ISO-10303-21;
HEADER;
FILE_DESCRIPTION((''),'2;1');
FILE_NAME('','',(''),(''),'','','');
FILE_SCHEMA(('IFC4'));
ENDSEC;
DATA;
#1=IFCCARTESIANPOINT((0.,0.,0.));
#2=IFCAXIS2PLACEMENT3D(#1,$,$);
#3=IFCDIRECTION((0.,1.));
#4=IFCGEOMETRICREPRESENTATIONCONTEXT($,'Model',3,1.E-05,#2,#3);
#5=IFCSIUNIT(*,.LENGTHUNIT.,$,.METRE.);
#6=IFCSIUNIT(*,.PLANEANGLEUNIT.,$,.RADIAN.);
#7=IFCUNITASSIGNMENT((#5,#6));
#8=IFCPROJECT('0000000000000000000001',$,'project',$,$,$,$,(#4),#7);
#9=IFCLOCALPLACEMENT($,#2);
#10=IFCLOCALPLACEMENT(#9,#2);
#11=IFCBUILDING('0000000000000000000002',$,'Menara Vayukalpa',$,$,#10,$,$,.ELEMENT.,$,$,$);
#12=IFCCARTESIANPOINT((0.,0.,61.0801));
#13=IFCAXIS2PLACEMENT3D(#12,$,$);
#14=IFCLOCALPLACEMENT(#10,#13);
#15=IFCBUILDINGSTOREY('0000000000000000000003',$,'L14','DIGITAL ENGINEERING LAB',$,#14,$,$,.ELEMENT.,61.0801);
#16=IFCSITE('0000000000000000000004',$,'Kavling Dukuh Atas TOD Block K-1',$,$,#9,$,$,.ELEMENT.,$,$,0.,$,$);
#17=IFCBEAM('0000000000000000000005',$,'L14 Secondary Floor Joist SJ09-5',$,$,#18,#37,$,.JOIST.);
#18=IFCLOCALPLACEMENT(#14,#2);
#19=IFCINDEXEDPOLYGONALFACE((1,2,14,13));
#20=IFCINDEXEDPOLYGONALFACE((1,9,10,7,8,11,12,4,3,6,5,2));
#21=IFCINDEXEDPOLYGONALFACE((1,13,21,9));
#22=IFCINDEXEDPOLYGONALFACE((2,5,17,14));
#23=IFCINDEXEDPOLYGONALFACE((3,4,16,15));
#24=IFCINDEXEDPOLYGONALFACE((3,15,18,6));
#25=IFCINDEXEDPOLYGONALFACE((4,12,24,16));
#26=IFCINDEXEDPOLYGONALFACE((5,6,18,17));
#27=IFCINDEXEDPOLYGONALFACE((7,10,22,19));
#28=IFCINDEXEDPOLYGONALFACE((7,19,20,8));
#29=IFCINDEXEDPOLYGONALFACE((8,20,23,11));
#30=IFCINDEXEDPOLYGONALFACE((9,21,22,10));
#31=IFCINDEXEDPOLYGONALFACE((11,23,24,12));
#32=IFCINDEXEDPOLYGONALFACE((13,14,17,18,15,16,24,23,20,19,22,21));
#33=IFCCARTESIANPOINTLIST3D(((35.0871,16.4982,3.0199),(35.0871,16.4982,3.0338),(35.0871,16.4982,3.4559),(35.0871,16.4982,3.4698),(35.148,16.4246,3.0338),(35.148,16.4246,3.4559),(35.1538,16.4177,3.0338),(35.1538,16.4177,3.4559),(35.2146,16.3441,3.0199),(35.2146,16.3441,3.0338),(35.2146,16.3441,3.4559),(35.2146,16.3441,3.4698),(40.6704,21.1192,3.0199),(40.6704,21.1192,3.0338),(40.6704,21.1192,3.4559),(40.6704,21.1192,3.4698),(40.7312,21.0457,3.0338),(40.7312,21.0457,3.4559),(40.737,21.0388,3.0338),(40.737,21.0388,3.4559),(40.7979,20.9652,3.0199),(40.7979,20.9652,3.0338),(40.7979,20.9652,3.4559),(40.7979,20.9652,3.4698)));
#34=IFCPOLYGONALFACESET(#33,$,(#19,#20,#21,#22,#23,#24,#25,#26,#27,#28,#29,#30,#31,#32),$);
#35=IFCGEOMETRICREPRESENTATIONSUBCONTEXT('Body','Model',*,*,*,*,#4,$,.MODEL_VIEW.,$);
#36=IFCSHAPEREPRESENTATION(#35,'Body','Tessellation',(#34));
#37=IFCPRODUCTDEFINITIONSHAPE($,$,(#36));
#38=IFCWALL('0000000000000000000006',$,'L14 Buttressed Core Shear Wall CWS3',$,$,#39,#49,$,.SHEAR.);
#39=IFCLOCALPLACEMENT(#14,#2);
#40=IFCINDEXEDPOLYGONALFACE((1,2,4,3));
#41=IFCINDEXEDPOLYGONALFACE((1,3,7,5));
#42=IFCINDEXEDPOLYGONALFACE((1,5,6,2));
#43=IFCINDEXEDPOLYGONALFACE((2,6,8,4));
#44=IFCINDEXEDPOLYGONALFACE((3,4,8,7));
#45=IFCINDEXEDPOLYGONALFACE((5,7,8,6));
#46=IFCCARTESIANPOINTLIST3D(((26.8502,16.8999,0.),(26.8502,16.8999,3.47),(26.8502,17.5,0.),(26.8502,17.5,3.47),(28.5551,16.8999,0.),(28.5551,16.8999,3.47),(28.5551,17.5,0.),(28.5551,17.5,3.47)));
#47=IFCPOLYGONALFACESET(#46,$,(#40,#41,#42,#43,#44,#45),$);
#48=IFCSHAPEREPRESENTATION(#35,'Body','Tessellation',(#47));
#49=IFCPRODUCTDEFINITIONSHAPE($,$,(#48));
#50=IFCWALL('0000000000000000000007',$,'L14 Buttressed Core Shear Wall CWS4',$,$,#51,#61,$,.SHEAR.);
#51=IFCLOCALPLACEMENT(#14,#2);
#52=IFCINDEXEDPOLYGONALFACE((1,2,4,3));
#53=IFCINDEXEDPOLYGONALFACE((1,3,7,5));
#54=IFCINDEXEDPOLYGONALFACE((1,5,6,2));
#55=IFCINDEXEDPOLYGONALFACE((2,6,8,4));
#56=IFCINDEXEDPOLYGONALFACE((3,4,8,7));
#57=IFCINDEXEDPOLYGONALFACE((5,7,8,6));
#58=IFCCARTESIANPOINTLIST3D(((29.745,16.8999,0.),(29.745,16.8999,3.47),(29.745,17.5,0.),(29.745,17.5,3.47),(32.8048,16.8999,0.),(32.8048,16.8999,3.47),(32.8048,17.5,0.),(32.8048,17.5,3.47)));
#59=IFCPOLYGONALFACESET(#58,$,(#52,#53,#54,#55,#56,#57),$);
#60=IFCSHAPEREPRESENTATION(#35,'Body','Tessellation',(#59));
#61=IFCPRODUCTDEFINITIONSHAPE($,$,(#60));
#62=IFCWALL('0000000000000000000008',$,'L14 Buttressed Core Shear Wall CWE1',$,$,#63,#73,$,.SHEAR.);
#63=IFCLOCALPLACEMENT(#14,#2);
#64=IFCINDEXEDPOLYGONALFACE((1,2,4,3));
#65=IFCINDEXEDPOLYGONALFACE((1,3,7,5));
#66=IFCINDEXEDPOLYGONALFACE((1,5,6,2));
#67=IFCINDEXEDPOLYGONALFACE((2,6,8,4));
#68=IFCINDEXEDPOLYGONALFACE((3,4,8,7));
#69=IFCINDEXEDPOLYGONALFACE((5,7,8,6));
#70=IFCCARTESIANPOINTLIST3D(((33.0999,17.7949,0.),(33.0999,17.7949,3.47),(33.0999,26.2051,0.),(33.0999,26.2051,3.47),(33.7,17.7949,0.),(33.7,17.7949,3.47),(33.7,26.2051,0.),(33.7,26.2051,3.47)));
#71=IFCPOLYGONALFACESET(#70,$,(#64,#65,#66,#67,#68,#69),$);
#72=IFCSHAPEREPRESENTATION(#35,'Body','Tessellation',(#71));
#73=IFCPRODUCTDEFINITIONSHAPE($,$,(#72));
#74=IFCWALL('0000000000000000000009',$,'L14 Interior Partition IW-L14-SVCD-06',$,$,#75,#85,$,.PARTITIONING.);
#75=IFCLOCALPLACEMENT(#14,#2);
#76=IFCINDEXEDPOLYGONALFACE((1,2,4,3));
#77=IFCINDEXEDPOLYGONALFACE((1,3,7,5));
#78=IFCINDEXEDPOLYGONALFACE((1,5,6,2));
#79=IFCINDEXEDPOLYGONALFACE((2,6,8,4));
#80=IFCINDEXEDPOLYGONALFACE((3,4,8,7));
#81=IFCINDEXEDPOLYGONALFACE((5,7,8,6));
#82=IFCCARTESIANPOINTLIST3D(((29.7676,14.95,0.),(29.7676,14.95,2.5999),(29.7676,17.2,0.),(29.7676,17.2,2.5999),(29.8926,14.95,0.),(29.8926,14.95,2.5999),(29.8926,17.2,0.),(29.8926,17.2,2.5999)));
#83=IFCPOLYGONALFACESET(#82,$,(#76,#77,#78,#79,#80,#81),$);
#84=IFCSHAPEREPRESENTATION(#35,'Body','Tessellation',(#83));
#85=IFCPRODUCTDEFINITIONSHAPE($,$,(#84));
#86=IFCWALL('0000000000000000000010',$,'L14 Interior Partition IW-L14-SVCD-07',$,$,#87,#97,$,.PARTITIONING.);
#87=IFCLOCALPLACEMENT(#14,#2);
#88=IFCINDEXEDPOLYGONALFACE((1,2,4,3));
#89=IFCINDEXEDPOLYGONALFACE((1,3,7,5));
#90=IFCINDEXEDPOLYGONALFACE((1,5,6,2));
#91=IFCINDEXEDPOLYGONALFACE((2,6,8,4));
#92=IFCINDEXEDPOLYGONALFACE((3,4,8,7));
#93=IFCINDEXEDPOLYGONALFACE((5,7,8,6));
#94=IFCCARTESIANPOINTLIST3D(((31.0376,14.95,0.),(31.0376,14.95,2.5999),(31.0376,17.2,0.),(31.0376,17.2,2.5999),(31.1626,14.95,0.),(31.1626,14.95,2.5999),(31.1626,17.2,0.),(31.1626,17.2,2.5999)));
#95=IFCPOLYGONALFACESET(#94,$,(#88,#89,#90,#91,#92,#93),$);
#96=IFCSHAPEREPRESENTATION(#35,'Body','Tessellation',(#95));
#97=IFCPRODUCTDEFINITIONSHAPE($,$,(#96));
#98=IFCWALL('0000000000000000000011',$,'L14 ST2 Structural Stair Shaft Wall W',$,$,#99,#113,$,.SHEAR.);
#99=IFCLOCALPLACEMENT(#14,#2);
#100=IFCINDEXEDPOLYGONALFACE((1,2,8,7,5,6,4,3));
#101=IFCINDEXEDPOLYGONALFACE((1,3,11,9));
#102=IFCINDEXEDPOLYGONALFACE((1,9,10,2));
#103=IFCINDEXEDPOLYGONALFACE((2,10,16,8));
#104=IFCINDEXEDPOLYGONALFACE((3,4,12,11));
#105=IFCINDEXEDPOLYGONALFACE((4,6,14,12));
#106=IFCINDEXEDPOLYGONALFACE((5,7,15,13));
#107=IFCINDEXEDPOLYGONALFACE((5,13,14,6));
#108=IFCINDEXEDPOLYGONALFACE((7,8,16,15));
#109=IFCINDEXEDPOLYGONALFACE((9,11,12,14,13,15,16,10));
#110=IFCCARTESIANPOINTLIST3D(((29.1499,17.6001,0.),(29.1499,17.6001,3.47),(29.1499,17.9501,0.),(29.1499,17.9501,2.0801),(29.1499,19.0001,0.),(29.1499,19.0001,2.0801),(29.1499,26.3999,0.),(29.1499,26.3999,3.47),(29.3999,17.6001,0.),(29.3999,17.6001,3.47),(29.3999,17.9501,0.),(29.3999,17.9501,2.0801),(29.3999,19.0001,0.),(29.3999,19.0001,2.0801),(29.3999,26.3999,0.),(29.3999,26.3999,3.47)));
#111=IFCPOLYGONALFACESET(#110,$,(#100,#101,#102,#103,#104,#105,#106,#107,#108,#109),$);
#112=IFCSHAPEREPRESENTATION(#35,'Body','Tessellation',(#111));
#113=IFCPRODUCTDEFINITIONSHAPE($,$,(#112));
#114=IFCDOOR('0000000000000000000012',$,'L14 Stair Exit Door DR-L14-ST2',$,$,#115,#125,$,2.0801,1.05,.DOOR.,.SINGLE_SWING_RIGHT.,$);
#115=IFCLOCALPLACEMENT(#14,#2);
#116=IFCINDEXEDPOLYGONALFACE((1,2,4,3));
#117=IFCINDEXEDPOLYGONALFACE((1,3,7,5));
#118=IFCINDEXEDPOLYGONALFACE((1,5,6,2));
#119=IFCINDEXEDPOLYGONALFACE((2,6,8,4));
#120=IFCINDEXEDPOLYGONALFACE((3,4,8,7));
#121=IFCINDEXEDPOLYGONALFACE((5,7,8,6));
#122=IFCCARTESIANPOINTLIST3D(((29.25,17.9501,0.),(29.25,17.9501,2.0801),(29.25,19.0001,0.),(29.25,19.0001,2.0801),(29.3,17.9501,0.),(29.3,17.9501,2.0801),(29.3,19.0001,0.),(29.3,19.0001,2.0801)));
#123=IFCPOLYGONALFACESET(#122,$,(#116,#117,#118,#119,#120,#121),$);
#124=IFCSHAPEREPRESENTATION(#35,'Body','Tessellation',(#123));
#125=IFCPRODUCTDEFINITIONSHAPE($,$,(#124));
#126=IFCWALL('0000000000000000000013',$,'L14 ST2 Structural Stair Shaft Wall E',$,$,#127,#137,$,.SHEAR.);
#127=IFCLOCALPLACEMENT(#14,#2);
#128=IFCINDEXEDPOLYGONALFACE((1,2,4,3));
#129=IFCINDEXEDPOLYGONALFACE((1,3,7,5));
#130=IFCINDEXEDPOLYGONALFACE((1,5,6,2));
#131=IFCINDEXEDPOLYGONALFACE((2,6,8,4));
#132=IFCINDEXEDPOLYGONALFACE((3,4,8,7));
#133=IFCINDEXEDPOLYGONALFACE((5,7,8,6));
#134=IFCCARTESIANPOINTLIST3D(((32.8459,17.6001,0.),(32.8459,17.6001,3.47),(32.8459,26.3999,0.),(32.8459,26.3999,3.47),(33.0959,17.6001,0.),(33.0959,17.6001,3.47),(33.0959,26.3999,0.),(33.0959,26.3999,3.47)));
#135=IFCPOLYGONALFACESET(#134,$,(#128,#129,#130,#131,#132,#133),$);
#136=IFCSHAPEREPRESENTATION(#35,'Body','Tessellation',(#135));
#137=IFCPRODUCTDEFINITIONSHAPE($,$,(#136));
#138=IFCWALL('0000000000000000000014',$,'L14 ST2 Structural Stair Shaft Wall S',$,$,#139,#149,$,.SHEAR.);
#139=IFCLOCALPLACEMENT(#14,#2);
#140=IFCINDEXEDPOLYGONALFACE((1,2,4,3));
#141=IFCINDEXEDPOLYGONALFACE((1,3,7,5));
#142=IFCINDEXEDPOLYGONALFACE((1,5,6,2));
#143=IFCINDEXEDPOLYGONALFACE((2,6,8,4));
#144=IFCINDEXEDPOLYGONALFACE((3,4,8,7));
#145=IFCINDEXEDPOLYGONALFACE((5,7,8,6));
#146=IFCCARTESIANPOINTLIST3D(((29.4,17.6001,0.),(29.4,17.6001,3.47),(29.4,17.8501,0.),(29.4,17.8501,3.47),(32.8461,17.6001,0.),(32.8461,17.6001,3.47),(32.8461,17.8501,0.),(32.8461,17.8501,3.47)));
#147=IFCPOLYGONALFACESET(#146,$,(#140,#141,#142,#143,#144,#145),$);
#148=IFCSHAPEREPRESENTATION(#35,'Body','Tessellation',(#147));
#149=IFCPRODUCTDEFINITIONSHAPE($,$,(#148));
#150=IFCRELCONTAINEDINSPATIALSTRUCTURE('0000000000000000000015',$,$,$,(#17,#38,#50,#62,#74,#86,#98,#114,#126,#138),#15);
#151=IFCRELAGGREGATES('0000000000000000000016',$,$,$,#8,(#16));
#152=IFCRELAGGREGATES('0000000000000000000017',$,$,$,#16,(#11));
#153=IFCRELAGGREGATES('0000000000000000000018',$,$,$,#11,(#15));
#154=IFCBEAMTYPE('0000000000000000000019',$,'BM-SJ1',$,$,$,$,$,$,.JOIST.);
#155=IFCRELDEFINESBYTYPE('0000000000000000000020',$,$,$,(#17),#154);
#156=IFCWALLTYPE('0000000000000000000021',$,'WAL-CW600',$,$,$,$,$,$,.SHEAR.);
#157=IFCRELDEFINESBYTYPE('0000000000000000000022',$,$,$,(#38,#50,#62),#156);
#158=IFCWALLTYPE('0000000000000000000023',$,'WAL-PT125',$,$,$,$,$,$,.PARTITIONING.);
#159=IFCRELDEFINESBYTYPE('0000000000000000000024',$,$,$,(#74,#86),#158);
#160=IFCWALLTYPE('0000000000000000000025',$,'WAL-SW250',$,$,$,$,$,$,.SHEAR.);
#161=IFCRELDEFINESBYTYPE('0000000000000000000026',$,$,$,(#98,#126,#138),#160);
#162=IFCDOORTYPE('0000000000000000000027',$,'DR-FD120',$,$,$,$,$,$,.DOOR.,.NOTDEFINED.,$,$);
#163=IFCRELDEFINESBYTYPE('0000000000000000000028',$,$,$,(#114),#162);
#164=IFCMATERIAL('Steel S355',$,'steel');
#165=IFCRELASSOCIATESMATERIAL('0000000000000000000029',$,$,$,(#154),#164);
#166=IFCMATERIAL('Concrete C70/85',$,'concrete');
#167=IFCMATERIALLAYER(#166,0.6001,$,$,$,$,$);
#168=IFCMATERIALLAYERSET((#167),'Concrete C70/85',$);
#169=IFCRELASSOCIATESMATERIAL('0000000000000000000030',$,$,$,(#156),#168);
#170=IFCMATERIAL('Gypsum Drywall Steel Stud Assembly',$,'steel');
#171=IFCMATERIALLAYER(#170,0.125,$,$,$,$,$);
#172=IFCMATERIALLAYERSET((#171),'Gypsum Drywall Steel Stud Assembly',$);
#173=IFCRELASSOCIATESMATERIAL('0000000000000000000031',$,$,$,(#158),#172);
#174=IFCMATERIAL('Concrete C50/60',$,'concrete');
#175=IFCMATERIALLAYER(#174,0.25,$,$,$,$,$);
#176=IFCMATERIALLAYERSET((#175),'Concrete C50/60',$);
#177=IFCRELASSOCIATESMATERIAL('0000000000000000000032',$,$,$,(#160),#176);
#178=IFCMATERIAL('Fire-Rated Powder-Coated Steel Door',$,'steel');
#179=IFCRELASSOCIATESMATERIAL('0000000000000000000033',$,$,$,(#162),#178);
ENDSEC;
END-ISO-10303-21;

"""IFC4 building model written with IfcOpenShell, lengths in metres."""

from ifc_helpers import new_model, si_unit, direction, frame, frame_2d, origin, origin_2d, place, context, subcontext, project, spatial, rectangle, i_section, extrude, material, layer, layer_set, material_profile, profile_set, type_object, element, fill, save


model = new_model("IFC4")

# Units and contexts
model_context = context("Model", 3, precision=1e-05, world=origin(), true_north=direction((0.0, 1.0)))
body_context = subcontext(model_context, "Body", "Model", "MODEL_VIEW")
ifc_project = project(units=[si_unit("LENGTHUNIT", "METRE"), si_unit("PLANEANGLEUNIT", "RADIAN")], contexts=[model_context])

# Site, building, storey
site_placement = place(None, origin())
site = spatial("IfcSite", under=ifc_project, at=site_placement, Name="Kavling Dukuh Atas TOD Block K-1", CompositionType="ELEMENT", RefElevation=0.0)
building_placement = place(site_placement, origin())
building = spatial("IfcBuilding", under=site, at=building_placement, Name="Menara Vayukalpa", CompositionType="ELEMENT")
storey_placement = place(building_placement, frame((0.0, 0.0, 61.0801)))
storey = spatial("IfcBuildingStorey", under=building, at=storey_placement, Name="L14", Description="DIGITAL ENGINEERING LAB", CompositionType="ELEMENT", Elevation=61.0801)

# Beam
ifc_material_1 = material(Name="Steel S355", Category="steel")
ifc_material_profile_1 = material_profile(ifc_material_1, i_section(OverallWidth=0.2, OverallDepth=0.45, WebThickness=0.009, FlangeThickness=0.0139, at=origin_2d()), Name="WF 450x200x9x14")
ifc_profile_set_1 = profile_set([ifc_material_profile_1], Name="Steel S355")
beam_type_1 = type_object("IfcBeamType", Name="BM-SJ1", PredefinedType="JOIST", material=ifc_profile_set_1)
beam_1_placement = place(storey_placement, frame((35.1509, 16.4211, 3.2449), z_axis=(0.770362, 0.637606, 0.0), x_axis=(-0.637606, 0.770362, 0.0)))
element("IfcBeam", 1, at=beam_1_placement, inside=storey, type_object=beam_type_1, Name="L14 Secondary Floor Joist SJ09-5", PredefinedType="JOIST", context=body_context, shape_type="SweptSolid", body=[
    extrude(i_section(OverallWidth=0.2, OverallDepth=0.45, WebThickness=0.009, FlangeThickness=0.0139, at=origin_2d()), origin(), (0.0, 0.0, 1.0), 7.2476),
])

# Walls
ifc_material_2 = material(Name="Concrete C70/85", Category="concrete")
ifc_layer_1 = layer(ifc_material_2, 0.6001)
ifc_layer_set_1 = layer_set([ifc_layer_1], Name="Concrete C70/85")
wall_type_1 = type_object("IfcWallType", Name="WAL-CW600", PredefinedType="SHEAR", material=ifc_layer_set_1)
wall_1_placement = place(storey_placement, frame((26.8501, 17.2, 0.0), z_axis=(0.0, 0.0, 1.0), x_axis=(1.0, 0.0, 0.0)))
element("IfcWall", 2, at=wall_1_placement, inside=storey, type_object=wall_type_1, Name="L14 Buttressed Core Shear Wall CWS3", PredefinedType="SHEAR", context=body_context, shape_type="SweptSolid", body=[
    extrude(rectangle(XDim=1.7048, YDim=0.6001, at=frame_2d((0.8525, 0.0))), origin(), (0.0, 0.0, 1.0), 3.47),
])
wall_2_placement = place(storey_placement, frame((29.7451, 17.2, 0.0), z_axis=(0.0, 0.0, 1.0), x_axis=(1.0, 0.0, 0.0)))
element("IfcWall", 3, at=wall_2_placement, inside=storey, type_object=wall_type_1, Name="L14 Buttressed Core Shear Wall CWS4", PredefinedType="SHEAR", context=body_context, shape_type="SweptSolid", body=[
    extrude(rectangle(XDim=3.0598, YDim=0.6001, at=frame_2d((1.5298, 0.0))), origin(), (0.0, 0.0, 1.0), 3.47),
])
wall_3_placement = place(storey_placement, frame((33.3999, 17.7949, 0.0), z_axis=(0.0, 0.0, 1.0), x_axis=(0.0, 1.0, 0.0)))
element("IfcWall", 4, at=wall_3_placement, inside=storey, type_object=wall_type_1, Name="L14 Buttressed Core Shear Wall CWE1", PredefinedType="SHEAR", context=body_context, shape_type="SweptSolid", body=[
    extrude(rectangle(XDim=8.4102, YDim=0.6001, at=frame_2d((4.2051, 0.0))), origin(), (0.0, 0.0, 1.0), 3.47),
])
ifc_material_3 = material(Name="Gypsum Drywall Steel Stud Assembly", Category="steel")
ifc_layer_2 = layer(ifc_material_3, 0.125)
ifc_layer_set_2 = layer_set([ifc_layer_2], Name="Gypsum Drywall Steel Stud Assembly")
wall_type_2 = type_object("IfcWallType", Name="WAL-PT125", PredefinedType="PARTITIONING", material=ifc_layer_set_2)
for number, where, z_axis, x_axis, name in (
    (5, (29.8301, 14.95, 0.0), (0.0, 0.0, 1.0), (0.0, 1.0, 0.0), "L14 Interior Partition IW-L14-SVCD-06"),
    (6, (31.1001, 14.95, 0.0), (0.0, 0.0, 1.0), (0.0, 1.0, 0.0), "L14 Interior Partition IW-L14-SVCD-07"),
):
    element("IfcWall", number, at=place(storey_placement, frame(where, z_axis=z_axis, x_axis=x_axis)), inside=storey, type_object=wall_type_2, Name=name, PredefinedType="PARTITIONING", context=body_context, shape_type="SweptSolid", body=[
        extrude(rectangle(XDim=2.25, YDim=0.125, at=frame_2d((1.125, 0.0))), origin(), (0.0, 0.0, 1.0), 2.5999),
    ])

# Wall, opening, door
ifc_material_4 = material(Name="Concrete C50/60", Category="concrete")
ifc_layer_3 = layer(ifc_material_4, 0.25)
ifc_layer_set_3 = layer_set([ifc_layer_3], Name="Concrete C50/60")
wall_type_3 = type_object("IfcWallType", Name="WAL-SW250", PredefinedType="SHEAR", material=ifc_layer_set_3)
wall_4_placement = place(storey_placement, frame((29.2749, 17.6001, 0.0), z_axis=(0.0, 0.0, 1.0), x_axis=(0.0, 1.0, 0.0)))
wall_4 = element("IfcWall", 7, at=wall_4_placement, inside=storey, type_object=wall_type_3, Name="L14 ST2 Structural Stair Shaft Wall W", PredefinedType="SHEAR", context=body_context, shape_type="SweptSolid", body=[
    extrude(rectangle(XDim=8.7998, YDim=0.25, at=frame_2d((4.3999, 0.0))), origin(), (0.0, 0.0, 1.0), 3.47),
])
opening_placement = place(wall_4_placement, frame((0.3501, 0.0, 0.0)))
opening = element("IfcOpeningElement", 8, at=opening_placement, cuts=wall_4, PredefinedType="OPENING", context=body_context, shape_type="SweptSolid", body=[
    extrude(rectangle(XDim=1.05, YDim=2.0801, at=frame_2d((0.5249, 1.04))), frame((0.0, 0.135, 0.0), z_axis=(0.0, -1.0, 0.0), x_axis=(1.0, 0.0, 0.0)), (0.0, 0.0, 1.0), 0.27),
])
ifc_material_5 = material(Name="Fire-Rated Powder-Coated Steel Door", Category="steel")
door_type = type_object("IfcDoorType", Name="DR-FD120", OperationType="NOTDEFINED", PredefinedType="DOOR", material=ifc_material_5)
door_placement = place(opening_placement, origin())
door = element("IfcDoor", 9, at=door_placement, inside=storey, type_object=door_type, Name="L14 Stair Exit Door DR-L14-ST2", OperationType="SINGLE_SWING_RIGHT", OverallHeight=2.0801, OverallWidth=1.05, PredefinedType="DOOR", context=body_context, shape_type="SweptSolid", body=[
    extrude(rectangle(XDim=1.05, YDim=2.0801, at=frame_2d((0.5249, 1.04))), frame((0.0, 0.0249, 0.0), z_axis=(0.0, -1.0, 0.0), x_axis=(1.0, 0.0, 0.0)), (0.0, 0.0, 1.0), 0.05),
])
fill(opening, door)

# Walls
wall_5_placement = place(storey_placement, frame((32.9709, 17.6001, 0.0), z_axis=(0.0, 0.0, 1.0), x_axis=(0.0, 1.0, 0.0)))
element("IfcWall", 10, at=wall_5_placement, inside=storey, type_object=wall_type_3, Name="L14 ST2 Structural Stair Shaft Wall E", PredefinedType="SHEAR", context=body_context, shape_type="SweptSolid", body=[
    extrude(rectangle(XDim=8.7998, YDim=0.25, at=frame_2d((4.3999, 0.0))), origin(), (0.0, 0.0, 1.0), 3.47),
])
wall_6_placement = place(storey_placement, frame((29.3999, 17.7251, 0.0), z_axis=(0.0, 0.0, 1.0), x_axis=(1.0, 0.0, 0.0)))
element("IfcWall", 11, at=wall_6_placement, inside=storey, type_object=wall_type_3, Name="L14 ST2 Structural Stair Shaft Wall S", PredefinedType="SHEAR", context=body_context, shape_type="SweptSolid", body=[
    extrude(rectangle(XDim=3.446, YDim=0.25, at=frame_2d((1.7231, 0.0))), origin(), (0.0, 0.0, 1.0), 3.47),
])

save(model, "model.ifc")
